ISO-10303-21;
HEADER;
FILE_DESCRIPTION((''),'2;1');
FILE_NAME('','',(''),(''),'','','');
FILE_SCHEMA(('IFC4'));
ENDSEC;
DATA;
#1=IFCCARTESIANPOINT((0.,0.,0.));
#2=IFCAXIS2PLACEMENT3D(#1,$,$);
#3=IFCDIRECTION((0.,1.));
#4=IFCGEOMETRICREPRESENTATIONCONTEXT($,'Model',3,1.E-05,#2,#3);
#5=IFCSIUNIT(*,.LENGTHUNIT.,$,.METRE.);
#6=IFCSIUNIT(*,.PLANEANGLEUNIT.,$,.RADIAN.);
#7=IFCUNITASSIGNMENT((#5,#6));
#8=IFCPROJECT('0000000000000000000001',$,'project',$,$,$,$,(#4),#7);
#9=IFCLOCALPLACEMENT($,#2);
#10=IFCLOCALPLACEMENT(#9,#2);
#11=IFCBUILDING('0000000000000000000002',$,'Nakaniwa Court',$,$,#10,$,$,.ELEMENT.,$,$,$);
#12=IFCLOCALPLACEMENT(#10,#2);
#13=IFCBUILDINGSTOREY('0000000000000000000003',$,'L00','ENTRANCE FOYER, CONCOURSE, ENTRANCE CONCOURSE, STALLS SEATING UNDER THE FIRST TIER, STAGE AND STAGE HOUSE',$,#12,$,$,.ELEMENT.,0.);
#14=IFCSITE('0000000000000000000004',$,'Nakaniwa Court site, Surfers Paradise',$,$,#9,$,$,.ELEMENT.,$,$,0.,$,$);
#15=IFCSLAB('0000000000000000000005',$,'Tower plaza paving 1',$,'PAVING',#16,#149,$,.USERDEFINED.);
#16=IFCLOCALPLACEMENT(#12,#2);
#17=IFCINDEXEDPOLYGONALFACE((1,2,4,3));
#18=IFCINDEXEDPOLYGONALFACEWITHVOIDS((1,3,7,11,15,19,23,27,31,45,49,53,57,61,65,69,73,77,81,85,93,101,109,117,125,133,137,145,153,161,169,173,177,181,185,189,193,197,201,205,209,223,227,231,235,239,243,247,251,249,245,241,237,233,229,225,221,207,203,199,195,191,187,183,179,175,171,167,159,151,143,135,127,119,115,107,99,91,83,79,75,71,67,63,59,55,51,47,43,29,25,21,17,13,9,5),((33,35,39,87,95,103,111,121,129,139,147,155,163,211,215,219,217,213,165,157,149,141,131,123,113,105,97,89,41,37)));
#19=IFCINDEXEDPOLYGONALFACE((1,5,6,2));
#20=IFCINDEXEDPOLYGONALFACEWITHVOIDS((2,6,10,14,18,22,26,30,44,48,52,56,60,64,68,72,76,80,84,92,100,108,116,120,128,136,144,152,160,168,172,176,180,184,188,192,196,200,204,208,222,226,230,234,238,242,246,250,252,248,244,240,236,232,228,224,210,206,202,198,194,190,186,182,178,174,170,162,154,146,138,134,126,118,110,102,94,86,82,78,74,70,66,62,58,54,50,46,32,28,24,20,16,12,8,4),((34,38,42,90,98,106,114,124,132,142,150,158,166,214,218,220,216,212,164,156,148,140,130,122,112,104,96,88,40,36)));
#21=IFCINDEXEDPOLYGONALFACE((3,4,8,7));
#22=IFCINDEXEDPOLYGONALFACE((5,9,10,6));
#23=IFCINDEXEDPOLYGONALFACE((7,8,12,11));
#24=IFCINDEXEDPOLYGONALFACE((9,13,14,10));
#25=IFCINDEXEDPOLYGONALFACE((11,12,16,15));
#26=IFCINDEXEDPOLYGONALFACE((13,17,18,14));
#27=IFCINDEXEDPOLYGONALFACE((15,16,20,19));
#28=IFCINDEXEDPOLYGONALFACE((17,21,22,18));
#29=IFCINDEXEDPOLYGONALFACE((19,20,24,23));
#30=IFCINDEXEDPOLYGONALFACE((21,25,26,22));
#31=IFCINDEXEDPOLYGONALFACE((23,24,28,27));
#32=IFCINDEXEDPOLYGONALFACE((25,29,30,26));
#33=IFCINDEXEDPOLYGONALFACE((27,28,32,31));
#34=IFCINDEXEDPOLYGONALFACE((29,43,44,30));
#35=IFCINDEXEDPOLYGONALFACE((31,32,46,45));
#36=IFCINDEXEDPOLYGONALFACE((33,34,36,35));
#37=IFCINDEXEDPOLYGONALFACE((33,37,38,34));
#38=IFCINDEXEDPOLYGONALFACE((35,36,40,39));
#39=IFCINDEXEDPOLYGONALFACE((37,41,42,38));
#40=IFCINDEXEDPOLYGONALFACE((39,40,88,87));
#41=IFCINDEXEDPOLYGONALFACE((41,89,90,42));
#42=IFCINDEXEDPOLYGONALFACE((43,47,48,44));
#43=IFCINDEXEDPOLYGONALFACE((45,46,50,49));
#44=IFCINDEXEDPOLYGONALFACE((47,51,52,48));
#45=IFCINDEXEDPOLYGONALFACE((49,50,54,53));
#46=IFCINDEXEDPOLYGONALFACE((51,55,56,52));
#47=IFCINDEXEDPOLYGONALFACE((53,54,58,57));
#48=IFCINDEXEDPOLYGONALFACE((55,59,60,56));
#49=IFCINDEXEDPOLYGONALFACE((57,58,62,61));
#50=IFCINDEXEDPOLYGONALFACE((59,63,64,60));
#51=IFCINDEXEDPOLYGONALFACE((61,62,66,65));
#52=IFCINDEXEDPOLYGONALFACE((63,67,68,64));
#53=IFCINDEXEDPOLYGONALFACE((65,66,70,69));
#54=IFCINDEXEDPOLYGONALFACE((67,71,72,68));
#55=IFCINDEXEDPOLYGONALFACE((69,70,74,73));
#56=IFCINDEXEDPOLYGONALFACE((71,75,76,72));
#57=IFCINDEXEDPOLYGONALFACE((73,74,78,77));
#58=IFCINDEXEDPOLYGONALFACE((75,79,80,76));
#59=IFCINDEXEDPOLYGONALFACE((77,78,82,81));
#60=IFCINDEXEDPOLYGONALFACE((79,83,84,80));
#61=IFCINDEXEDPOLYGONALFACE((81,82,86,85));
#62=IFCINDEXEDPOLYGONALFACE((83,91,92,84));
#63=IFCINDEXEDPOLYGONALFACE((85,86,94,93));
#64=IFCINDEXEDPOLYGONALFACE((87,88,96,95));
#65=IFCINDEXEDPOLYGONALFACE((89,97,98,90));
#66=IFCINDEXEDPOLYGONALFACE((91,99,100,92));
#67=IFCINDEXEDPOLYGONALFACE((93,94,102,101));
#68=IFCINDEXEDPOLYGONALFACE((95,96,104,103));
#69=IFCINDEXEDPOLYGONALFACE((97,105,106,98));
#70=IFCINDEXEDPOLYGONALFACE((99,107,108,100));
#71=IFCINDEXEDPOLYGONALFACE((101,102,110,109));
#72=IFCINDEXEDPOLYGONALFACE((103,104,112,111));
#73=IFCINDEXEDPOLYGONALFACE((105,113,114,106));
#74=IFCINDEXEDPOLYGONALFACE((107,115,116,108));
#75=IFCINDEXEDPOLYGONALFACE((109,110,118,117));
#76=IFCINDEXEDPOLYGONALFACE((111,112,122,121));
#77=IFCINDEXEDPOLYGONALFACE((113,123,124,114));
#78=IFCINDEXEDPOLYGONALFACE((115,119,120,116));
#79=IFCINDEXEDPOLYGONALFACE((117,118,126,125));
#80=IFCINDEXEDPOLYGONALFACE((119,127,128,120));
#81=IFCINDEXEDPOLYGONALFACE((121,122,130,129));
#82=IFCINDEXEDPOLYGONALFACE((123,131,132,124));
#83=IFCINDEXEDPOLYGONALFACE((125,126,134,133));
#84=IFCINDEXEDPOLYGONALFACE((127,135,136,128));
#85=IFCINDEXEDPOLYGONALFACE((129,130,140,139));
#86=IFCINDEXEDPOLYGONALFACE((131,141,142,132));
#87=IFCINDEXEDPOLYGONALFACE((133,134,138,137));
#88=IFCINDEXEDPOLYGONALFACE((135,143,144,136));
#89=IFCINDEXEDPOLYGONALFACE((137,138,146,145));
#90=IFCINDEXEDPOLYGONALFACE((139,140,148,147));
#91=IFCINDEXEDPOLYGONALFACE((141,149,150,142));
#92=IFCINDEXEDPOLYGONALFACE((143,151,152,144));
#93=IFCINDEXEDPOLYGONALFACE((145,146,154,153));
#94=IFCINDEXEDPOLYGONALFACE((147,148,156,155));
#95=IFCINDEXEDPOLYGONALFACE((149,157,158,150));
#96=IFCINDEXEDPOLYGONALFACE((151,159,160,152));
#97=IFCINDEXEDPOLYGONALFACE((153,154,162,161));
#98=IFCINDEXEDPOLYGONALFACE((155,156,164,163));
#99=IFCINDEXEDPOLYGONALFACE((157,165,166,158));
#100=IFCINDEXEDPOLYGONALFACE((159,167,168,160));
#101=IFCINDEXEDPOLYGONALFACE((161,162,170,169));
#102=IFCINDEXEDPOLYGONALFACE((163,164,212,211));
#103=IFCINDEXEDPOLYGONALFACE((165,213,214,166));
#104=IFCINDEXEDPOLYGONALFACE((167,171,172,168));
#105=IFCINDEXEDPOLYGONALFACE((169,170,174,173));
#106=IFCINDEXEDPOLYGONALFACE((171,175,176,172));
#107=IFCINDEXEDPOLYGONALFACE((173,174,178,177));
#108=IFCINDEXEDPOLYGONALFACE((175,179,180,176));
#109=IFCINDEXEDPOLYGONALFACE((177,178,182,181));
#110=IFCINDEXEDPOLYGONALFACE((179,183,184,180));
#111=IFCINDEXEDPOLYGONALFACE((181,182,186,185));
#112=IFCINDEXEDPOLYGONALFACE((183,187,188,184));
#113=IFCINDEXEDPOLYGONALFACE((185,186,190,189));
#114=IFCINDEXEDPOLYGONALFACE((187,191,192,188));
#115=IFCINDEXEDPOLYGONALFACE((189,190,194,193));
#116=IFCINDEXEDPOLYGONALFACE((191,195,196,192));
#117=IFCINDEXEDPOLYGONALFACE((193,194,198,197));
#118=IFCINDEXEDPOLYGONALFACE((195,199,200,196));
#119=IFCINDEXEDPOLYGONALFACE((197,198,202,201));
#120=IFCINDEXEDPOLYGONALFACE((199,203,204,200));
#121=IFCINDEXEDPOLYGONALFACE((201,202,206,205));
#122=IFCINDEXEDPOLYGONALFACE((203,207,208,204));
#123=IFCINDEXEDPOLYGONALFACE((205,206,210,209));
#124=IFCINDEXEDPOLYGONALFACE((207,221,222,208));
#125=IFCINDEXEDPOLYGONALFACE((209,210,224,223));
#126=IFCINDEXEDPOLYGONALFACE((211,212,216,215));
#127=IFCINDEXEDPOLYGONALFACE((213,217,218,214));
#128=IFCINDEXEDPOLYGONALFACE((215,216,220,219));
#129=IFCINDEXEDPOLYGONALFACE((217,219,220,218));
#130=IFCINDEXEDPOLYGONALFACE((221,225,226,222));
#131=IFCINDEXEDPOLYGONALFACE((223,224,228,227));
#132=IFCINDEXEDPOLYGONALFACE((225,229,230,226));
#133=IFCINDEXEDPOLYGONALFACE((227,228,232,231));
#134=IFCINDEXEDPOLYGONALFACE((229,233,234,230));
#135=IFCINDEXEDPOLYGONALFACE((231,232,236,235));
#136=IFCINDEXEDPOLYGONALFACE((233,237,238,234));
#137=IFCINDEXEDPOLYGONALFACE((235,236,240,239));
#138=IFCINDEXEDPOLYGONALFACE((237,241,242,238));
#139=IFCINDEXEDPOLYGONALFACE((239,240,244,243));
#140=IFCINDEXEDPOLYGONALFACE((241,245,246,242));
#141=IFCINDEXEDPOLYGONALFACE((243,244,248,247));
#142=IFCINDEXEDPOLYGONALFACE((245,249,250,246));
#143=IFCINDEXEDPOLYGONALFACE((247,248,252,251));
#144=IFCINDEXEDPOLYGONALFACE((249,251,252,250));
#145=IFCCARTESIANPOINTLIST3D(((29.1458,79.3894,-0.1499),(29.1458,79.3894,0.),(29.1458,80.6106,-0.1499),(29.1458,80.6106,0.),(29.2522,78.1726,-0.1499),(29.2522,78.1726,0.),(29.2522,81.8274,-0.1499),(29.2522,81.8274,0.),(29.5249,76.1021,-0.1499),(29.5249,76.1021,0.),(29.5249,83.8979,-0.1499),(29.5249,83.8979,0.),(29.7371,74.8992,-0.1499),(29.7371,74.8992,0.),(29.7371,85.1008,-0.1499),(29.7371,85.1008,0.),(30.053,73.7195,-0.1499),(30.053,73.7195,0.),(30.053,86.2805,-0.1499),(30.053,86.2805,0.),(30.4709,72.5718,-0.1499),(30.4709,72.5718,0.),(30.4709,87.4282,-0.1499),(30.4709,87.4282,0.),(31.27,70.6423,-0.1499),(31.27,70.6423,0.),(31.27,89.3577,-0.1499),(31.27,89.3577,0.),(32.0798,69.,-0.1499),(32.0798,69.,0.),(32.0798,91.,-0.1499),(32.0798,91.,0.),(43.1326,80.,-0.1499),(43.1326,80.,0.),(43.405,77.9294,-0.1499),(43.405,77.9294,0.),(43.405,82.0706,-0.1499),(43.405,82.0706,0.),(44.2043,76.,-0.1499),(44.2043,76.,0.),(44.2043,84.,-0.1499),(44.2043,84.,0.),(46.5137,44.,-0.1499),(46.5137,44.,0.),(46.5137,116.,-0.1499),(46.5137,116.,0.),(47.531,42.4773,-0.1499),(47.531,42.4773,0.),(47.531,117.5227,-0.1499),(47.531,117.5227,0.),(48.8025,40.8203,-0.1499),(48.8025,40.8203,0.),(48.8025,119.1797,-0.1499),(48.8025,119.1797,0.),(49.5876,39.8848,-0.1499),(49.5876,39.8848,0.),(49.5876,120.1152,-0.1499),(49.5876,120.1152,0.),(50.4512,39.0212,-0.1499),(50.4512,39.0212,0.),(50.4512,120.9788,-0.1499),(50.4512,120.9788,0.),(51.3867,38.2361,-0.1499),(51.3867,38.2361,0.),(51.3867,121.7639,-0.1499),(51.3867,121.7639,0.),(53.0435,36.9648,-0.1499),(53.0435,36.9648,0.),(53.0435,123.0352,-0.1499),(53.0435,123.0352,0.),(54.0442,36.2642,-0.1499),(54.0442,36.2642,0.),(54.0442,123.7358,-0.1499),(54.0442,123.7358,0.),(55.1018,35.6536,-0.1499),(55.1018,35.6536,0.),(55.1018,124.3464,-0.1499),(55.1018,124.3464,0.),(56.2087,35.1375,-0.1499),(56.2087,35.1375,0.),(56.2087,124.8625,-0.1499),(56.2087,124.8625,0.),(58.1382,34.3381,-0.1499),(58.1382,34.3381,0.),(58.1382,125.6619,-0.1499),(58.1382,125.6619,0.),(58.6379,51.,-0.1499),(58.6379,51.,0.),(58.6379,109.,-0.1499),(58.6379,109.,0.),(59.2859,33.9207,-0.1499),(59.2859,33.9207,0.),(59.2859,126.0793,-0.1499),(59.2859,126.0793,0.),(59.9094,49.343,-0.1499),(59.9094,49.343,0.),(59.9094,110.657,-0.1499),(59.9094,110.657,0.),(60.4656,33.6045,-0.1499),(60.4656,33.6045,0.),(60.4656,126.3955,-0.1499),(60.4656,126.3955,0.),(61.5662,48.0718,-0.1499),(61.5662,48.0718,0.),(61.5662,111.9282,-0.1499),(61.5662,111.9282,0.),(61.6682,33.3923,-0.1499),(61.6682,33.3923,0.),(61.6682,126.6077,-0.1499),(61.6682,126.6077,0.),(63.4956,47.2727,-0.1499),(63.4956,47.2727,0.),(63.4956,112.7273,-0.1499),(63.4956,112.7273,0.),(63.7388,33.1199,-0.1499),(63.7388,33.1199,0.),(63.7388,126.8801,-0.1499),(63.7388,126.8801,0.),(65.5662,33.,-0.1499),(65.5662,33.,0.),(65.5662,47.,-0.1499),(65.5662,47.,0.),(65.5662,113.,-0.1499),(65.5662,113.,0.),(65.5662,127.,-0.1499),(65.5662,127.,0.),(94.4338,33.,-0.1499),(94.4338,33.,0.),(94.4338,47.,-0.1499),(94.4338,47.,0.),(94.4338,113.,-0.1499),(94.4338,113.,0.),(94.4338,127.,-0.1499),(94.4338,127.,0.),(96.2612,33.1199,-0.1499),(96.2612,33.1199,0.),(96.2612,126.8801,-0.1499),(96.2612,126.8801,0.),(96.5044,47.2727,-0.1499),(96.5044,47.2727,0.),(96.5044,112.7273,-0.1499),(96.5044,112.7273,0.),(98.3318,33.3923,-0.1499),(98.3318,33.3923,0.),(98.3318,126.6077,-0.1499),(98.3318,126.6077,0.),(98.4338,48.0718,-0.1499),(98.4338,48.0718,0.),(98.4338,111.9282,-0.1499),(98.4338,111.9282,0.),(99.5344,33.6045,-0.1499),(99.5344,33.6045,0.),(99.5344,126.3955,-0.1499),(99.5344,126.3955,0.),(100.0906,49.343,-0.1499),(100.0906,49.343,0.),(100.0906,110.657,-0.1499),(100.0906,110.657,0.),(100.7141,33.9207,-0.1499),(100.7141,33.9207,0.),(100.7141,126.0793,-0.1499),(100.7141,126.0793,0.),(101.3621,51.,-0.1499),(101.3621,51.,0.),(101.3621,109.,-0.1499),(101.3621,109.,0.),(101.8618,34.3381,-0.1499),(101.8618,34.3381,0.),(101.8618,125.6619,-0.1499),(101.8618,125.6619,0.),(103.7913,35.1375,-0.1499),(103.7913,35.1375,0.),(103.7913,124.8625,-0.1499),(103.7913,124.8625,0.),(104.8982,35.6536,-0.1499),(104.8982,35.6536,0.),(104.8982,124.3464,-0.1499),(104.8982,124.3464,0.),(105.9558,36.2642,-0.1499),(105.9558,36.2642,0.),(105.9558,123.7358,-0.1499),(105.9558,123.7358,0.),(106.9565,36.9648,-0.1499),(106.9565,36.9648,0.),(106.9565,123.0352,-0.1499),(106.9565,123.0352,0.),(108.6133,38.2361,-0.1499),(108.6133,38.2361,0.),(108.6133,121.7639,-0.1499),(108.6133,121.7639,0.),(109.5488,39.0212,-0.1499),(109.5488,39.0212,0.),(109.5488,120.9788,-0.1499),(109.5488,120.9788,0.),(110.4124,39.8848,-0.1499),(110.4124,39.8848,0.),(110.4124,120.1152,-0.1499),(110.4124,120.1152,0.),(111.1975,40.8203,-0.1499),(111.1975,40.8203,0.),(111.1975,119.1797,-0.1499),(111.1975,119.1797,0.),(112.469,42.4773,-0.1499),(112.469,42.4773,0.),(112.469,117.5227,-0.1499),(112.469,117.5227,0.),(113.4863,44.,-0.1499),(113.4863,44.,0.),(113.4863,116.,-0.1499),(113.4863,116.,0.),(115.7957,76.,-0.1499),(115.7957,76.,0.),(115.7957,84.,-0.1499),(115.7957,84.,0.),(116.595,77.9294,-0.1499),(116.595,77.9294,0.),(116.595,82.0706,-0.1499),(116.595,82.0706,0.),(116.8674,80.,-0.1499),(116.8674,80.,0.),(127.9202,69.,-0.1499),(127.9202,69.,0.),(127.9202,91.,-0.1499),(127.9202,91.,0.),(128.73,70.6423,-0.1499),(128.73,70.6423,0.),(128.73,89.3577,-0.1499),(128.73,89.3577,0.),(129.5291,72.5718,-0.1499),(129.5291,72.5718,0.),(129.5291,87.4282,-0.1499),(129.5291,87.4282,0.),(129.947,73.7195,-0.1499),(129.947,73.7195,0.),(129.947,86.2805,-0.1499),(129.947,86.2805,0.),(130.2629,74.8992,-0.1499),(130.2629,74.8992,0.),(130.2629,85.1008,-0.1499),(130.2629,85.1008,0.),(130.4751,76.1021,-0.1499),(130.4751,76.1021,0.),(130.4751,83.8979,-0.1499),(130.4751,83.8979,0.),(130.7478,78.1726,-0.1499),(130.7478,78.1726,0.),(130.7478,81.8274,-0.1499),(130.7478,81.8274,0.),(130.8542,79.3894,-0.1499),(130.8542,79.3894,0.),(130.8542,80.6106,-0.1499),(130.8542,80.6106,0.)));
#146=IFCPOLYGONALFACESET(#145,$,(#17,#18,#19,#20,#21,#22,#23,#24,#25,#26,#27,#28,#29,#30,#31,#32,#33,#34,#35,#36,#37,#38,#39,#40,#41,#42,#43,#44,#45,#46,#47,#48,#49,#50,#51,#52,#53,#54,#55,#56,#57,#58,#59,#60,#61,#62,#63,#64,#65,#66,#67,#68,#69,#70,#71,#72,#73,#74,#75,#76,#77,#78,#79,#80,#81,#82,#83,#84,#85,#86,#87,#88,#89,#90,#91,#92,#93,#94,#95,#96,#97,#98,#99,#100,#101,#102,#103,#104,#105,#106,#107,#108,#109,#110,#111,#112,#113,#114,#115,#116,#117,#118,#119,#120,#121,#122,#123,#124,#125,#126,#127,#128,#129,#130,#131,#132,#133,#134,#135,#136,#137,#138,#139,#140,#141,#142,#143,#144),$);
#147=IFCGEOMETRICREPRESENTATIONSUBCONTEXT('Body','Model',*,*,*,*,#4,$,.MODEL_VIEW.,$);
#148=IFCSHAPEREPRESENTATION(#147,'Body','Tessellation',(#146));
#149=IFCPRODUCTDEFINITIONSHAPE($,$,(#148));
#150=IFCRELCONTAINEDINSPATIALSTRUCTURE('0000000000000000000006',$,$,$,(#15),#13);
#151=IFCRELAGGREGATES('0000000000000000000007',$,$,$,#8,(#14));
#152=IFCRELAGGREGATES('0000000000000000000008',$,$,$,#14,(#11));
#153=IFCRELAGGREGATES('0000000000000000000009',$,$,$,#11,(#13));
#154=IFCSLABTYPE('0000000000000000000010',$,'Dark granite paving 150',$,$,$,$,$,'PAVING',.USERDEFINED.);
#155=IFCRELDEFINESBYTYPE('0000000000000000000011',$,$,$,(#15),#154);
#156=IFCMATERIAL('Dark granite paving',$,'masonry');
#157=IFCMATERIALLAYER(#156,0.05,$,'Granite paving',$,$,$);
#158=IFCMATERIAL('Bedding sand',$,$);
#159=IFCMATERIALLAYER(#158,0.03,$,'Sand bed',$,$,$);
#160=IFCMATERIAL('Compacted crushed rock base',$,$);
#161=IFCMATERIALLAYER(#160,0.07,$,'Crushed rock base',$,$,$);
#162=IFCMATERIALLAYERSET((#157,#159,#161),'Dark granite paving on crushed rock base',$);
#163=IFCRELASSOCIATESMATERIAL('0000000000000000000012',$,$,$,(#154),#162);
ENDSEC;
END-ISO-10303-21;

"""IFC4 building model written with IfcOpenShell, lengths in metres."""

from ifc_helpers import new_model, si_unit, direction, frame, origin, place, context, subcontext, project, spatial, polyline, outline, extrude, material, layer, layer_set, type_object, element, save


model = new_model("IFC4")

# Units and contexts
model_context = context("Model", 3, precision=1e-05, world=origin(), true_north=direction((0.0, 1.0)))
body_context = subcontext(model_context, "Body", "Model", "MODEL_VIEW")
ifc_project = project(units=[si_unit("LENGTHUNIT", "METRE"), si_unit("PLANEANGLEUNIT", "RADIAN")], contexts=[model_context])

# Site, building, storey
site_placement = place(None, origin())
site = spatial("IfcSite", under=ifc_project, at=site_placement, Name="Nakaniwa Court site, Surfers Paradise", CompositionType="ELEMENT", RefElevation=0.0)
building_placement = place(site_placement, origin())
building = spatial("IfcBuilding", under=site, at=building_placement, Name="Nakaniwa Court", CompositionType="ELEMENT")
storey_placement = place(building_placement, origin())
storey = spatial("IfcBuildingStorey", under=building, at=storey_placement, Name="L00", Description="ENTRANCE FOYER, CONCOURSE, ENTRANCE CONCOURSE, STALLS SEATING UNDER THE FIRST TIER, STAGE AND STAGE HOUSE", CompositionType="ELEMENT", Elevation=0.0)

# Slab
ifc_material_1 = material(Name="Dark granite paving", Category="masonry")
ifc_layer_1 = layer(ifc_material_1, 0.05, Name="Granite paving")
ifc_material_2 = material(Name="Bedding sand")
ifc_layer_2 = layer(ifc_material_2, 0.03, Name="Sand bed")
ifc_material_3 = material(Name="Compacted crushed rock base")
ifc_layer_3 = layer(ifc_material_3, 0.07, Name="Crushed rock base")
ifc_layer_set_1 = layer_set([ifc_layer_1, ifc_layer_2, ifc_layer_3], Name="Dark granite paving on crushed rock base")
slab_type_1 = type_object("IfcSlabType", Name="Dark granite paving 150", ElementType="PAVING", PredefinedType="USERDEFINED", material=ifc_layer_set_1)
slab_1_placement = place(storey_placement, frame((0.0, 0.0, -0.1499)))
element("IfcSlab", 1, at=slab_1_placement, inside=storey, type_object=slab_type_1, Name="Tower plaza paving 1", ObjectType="PAVING", PredefinedType="USERDEFINED", context=body_context, shape_type="SweptSolid", body=[
    extrude(outline(polyline([(128.73, 89.3577), (129.5291, 87.4282), (129.947, 86.2805), (130.2629, 85.1008), (130.4751, 83.8979), (130.7478, 81.8274), (130.8542, 80.6106), (130.8542, 79.3894), (130.7478, 78.1726), (130.4751, 76.1021), (130.2629, 74.8992), (129.947, 73.7195), (129.5291, 72.5718), (128.73, 70.6423), (127.9202, 69.0), (113.4863, 44.0), (112.469, 42.4773), (111.1975, 40.8203), (110.4124, 39.8848), (109.5488, 39.0212), (108.6133, 38.2361), (106.9565, 36.9648), (105.9558, 36.2642), (104.8982, 35.6536), (103.7913, 35.1375), (101.8618, 34.3381), (100.7141, 33.9207), (99.5344, 33.6045), (98.3318, 33.3923), (96.2612, 33.1199), (94.4338, 33.0), (65.5662, 33.0), (63.7388, 33.1199), (61.6682, 33.3923), (60.4656, 33.6045), (59.2859, 33.9207), (58.1382, 34.3381), (56.2087, 35.1375), (55.1018, 35.6536), (54.0442, 36.2642), (53.0435, 36.9648), (51.3867, 38.2361), (50.4512, 39.0212), (49.5876, 39.8848), (48.8025, 40.8203), (47.531, 42.4773), (46.5137, 44.0), (32.0798, 69.0), (31.27, 70.6423), (30.4709, 72.5718), (30.053, 73.7195), (29.7371, 74.8992), (29.5249, 76.1021), (29.2522, 78.1726), (29.1458, 79.3894), (29.1458, 80.6106), (29.2522, 81.8274), (29.5249, 83.8979), (29.7371, 85.1008), (30.053, 86.2805), (30.4709, 87.4282), (31.27, 89.3577), (32.0798, 91.0), (46.5137, 116.0), (47.531, 117.5227), (48.8025, 119.1797), (49.5876, 120.1152), (50.4512, 120.9788), (51.3867, 121.7639), (53.0435, 123.0352), (54.0442, 123.7358), (55.1018, 124.3464), (56.2087, 124.8625), (58.1382, 125.6619), (59.2859, 126.0793), (60.4656, 126.3955), (61.6682, 126.6077), (63.7388, 126.8801), (65.5662, 127.0), (94.4338, 127.0), (96.2612, 126.8801), (98.3318, 126.6077), (99.5344, 126.3955), (100.7141, 126.0793), (101.8618, 125.6619), (103.7913, 124.8625), (104.8982, 124.3464), (105.9558, 123.7358), (106.9565, 123.0352), (108.6133, 121.7639), (109.5488, 120.9788), (110.4124, 120.1152), (111.1975, 119.1797), (112.469, 117.5227), (113.4863, 116.0), (127.9202, 91.0), (128.73, 89.3577)]), holes=[polyline([(101.3621, 109.0), (100.0906, 110.657), (98.4338, 111.9282), (96.5044, 112.7273), (94.4338, 113.0), (65.5662, 113.0), (63.4956, 112.7273), (61.5662, 111.9282), (59.9094, 110.657), (58.6379, 109.0), (44.2043, 84.0), (43.405, 82.0706), (43.1326, 80.0), (43.405, 77.9294), (44.2043, 76.0), (58.6379, 51.0), (59.9094, 49.343), (61.5662, 48.0718), (63.4956, 47.2727), (65.5662, 47.0), (94.4338, 47.0), (96.5044, 47.2727), (98.4338, 48.0718), (100.0906, 49.343), (101.3621, 51.0), (115.7957, 76.0), (116.595, 77.9294), (116.8674, 80.0), (116.595, 82.0706), (115.7957, 84.0), (101.3621, 109.0)])]), origin(), (0.0, 0.0, 1.0), 0.1499),
])

save(model, "model.ifc")
